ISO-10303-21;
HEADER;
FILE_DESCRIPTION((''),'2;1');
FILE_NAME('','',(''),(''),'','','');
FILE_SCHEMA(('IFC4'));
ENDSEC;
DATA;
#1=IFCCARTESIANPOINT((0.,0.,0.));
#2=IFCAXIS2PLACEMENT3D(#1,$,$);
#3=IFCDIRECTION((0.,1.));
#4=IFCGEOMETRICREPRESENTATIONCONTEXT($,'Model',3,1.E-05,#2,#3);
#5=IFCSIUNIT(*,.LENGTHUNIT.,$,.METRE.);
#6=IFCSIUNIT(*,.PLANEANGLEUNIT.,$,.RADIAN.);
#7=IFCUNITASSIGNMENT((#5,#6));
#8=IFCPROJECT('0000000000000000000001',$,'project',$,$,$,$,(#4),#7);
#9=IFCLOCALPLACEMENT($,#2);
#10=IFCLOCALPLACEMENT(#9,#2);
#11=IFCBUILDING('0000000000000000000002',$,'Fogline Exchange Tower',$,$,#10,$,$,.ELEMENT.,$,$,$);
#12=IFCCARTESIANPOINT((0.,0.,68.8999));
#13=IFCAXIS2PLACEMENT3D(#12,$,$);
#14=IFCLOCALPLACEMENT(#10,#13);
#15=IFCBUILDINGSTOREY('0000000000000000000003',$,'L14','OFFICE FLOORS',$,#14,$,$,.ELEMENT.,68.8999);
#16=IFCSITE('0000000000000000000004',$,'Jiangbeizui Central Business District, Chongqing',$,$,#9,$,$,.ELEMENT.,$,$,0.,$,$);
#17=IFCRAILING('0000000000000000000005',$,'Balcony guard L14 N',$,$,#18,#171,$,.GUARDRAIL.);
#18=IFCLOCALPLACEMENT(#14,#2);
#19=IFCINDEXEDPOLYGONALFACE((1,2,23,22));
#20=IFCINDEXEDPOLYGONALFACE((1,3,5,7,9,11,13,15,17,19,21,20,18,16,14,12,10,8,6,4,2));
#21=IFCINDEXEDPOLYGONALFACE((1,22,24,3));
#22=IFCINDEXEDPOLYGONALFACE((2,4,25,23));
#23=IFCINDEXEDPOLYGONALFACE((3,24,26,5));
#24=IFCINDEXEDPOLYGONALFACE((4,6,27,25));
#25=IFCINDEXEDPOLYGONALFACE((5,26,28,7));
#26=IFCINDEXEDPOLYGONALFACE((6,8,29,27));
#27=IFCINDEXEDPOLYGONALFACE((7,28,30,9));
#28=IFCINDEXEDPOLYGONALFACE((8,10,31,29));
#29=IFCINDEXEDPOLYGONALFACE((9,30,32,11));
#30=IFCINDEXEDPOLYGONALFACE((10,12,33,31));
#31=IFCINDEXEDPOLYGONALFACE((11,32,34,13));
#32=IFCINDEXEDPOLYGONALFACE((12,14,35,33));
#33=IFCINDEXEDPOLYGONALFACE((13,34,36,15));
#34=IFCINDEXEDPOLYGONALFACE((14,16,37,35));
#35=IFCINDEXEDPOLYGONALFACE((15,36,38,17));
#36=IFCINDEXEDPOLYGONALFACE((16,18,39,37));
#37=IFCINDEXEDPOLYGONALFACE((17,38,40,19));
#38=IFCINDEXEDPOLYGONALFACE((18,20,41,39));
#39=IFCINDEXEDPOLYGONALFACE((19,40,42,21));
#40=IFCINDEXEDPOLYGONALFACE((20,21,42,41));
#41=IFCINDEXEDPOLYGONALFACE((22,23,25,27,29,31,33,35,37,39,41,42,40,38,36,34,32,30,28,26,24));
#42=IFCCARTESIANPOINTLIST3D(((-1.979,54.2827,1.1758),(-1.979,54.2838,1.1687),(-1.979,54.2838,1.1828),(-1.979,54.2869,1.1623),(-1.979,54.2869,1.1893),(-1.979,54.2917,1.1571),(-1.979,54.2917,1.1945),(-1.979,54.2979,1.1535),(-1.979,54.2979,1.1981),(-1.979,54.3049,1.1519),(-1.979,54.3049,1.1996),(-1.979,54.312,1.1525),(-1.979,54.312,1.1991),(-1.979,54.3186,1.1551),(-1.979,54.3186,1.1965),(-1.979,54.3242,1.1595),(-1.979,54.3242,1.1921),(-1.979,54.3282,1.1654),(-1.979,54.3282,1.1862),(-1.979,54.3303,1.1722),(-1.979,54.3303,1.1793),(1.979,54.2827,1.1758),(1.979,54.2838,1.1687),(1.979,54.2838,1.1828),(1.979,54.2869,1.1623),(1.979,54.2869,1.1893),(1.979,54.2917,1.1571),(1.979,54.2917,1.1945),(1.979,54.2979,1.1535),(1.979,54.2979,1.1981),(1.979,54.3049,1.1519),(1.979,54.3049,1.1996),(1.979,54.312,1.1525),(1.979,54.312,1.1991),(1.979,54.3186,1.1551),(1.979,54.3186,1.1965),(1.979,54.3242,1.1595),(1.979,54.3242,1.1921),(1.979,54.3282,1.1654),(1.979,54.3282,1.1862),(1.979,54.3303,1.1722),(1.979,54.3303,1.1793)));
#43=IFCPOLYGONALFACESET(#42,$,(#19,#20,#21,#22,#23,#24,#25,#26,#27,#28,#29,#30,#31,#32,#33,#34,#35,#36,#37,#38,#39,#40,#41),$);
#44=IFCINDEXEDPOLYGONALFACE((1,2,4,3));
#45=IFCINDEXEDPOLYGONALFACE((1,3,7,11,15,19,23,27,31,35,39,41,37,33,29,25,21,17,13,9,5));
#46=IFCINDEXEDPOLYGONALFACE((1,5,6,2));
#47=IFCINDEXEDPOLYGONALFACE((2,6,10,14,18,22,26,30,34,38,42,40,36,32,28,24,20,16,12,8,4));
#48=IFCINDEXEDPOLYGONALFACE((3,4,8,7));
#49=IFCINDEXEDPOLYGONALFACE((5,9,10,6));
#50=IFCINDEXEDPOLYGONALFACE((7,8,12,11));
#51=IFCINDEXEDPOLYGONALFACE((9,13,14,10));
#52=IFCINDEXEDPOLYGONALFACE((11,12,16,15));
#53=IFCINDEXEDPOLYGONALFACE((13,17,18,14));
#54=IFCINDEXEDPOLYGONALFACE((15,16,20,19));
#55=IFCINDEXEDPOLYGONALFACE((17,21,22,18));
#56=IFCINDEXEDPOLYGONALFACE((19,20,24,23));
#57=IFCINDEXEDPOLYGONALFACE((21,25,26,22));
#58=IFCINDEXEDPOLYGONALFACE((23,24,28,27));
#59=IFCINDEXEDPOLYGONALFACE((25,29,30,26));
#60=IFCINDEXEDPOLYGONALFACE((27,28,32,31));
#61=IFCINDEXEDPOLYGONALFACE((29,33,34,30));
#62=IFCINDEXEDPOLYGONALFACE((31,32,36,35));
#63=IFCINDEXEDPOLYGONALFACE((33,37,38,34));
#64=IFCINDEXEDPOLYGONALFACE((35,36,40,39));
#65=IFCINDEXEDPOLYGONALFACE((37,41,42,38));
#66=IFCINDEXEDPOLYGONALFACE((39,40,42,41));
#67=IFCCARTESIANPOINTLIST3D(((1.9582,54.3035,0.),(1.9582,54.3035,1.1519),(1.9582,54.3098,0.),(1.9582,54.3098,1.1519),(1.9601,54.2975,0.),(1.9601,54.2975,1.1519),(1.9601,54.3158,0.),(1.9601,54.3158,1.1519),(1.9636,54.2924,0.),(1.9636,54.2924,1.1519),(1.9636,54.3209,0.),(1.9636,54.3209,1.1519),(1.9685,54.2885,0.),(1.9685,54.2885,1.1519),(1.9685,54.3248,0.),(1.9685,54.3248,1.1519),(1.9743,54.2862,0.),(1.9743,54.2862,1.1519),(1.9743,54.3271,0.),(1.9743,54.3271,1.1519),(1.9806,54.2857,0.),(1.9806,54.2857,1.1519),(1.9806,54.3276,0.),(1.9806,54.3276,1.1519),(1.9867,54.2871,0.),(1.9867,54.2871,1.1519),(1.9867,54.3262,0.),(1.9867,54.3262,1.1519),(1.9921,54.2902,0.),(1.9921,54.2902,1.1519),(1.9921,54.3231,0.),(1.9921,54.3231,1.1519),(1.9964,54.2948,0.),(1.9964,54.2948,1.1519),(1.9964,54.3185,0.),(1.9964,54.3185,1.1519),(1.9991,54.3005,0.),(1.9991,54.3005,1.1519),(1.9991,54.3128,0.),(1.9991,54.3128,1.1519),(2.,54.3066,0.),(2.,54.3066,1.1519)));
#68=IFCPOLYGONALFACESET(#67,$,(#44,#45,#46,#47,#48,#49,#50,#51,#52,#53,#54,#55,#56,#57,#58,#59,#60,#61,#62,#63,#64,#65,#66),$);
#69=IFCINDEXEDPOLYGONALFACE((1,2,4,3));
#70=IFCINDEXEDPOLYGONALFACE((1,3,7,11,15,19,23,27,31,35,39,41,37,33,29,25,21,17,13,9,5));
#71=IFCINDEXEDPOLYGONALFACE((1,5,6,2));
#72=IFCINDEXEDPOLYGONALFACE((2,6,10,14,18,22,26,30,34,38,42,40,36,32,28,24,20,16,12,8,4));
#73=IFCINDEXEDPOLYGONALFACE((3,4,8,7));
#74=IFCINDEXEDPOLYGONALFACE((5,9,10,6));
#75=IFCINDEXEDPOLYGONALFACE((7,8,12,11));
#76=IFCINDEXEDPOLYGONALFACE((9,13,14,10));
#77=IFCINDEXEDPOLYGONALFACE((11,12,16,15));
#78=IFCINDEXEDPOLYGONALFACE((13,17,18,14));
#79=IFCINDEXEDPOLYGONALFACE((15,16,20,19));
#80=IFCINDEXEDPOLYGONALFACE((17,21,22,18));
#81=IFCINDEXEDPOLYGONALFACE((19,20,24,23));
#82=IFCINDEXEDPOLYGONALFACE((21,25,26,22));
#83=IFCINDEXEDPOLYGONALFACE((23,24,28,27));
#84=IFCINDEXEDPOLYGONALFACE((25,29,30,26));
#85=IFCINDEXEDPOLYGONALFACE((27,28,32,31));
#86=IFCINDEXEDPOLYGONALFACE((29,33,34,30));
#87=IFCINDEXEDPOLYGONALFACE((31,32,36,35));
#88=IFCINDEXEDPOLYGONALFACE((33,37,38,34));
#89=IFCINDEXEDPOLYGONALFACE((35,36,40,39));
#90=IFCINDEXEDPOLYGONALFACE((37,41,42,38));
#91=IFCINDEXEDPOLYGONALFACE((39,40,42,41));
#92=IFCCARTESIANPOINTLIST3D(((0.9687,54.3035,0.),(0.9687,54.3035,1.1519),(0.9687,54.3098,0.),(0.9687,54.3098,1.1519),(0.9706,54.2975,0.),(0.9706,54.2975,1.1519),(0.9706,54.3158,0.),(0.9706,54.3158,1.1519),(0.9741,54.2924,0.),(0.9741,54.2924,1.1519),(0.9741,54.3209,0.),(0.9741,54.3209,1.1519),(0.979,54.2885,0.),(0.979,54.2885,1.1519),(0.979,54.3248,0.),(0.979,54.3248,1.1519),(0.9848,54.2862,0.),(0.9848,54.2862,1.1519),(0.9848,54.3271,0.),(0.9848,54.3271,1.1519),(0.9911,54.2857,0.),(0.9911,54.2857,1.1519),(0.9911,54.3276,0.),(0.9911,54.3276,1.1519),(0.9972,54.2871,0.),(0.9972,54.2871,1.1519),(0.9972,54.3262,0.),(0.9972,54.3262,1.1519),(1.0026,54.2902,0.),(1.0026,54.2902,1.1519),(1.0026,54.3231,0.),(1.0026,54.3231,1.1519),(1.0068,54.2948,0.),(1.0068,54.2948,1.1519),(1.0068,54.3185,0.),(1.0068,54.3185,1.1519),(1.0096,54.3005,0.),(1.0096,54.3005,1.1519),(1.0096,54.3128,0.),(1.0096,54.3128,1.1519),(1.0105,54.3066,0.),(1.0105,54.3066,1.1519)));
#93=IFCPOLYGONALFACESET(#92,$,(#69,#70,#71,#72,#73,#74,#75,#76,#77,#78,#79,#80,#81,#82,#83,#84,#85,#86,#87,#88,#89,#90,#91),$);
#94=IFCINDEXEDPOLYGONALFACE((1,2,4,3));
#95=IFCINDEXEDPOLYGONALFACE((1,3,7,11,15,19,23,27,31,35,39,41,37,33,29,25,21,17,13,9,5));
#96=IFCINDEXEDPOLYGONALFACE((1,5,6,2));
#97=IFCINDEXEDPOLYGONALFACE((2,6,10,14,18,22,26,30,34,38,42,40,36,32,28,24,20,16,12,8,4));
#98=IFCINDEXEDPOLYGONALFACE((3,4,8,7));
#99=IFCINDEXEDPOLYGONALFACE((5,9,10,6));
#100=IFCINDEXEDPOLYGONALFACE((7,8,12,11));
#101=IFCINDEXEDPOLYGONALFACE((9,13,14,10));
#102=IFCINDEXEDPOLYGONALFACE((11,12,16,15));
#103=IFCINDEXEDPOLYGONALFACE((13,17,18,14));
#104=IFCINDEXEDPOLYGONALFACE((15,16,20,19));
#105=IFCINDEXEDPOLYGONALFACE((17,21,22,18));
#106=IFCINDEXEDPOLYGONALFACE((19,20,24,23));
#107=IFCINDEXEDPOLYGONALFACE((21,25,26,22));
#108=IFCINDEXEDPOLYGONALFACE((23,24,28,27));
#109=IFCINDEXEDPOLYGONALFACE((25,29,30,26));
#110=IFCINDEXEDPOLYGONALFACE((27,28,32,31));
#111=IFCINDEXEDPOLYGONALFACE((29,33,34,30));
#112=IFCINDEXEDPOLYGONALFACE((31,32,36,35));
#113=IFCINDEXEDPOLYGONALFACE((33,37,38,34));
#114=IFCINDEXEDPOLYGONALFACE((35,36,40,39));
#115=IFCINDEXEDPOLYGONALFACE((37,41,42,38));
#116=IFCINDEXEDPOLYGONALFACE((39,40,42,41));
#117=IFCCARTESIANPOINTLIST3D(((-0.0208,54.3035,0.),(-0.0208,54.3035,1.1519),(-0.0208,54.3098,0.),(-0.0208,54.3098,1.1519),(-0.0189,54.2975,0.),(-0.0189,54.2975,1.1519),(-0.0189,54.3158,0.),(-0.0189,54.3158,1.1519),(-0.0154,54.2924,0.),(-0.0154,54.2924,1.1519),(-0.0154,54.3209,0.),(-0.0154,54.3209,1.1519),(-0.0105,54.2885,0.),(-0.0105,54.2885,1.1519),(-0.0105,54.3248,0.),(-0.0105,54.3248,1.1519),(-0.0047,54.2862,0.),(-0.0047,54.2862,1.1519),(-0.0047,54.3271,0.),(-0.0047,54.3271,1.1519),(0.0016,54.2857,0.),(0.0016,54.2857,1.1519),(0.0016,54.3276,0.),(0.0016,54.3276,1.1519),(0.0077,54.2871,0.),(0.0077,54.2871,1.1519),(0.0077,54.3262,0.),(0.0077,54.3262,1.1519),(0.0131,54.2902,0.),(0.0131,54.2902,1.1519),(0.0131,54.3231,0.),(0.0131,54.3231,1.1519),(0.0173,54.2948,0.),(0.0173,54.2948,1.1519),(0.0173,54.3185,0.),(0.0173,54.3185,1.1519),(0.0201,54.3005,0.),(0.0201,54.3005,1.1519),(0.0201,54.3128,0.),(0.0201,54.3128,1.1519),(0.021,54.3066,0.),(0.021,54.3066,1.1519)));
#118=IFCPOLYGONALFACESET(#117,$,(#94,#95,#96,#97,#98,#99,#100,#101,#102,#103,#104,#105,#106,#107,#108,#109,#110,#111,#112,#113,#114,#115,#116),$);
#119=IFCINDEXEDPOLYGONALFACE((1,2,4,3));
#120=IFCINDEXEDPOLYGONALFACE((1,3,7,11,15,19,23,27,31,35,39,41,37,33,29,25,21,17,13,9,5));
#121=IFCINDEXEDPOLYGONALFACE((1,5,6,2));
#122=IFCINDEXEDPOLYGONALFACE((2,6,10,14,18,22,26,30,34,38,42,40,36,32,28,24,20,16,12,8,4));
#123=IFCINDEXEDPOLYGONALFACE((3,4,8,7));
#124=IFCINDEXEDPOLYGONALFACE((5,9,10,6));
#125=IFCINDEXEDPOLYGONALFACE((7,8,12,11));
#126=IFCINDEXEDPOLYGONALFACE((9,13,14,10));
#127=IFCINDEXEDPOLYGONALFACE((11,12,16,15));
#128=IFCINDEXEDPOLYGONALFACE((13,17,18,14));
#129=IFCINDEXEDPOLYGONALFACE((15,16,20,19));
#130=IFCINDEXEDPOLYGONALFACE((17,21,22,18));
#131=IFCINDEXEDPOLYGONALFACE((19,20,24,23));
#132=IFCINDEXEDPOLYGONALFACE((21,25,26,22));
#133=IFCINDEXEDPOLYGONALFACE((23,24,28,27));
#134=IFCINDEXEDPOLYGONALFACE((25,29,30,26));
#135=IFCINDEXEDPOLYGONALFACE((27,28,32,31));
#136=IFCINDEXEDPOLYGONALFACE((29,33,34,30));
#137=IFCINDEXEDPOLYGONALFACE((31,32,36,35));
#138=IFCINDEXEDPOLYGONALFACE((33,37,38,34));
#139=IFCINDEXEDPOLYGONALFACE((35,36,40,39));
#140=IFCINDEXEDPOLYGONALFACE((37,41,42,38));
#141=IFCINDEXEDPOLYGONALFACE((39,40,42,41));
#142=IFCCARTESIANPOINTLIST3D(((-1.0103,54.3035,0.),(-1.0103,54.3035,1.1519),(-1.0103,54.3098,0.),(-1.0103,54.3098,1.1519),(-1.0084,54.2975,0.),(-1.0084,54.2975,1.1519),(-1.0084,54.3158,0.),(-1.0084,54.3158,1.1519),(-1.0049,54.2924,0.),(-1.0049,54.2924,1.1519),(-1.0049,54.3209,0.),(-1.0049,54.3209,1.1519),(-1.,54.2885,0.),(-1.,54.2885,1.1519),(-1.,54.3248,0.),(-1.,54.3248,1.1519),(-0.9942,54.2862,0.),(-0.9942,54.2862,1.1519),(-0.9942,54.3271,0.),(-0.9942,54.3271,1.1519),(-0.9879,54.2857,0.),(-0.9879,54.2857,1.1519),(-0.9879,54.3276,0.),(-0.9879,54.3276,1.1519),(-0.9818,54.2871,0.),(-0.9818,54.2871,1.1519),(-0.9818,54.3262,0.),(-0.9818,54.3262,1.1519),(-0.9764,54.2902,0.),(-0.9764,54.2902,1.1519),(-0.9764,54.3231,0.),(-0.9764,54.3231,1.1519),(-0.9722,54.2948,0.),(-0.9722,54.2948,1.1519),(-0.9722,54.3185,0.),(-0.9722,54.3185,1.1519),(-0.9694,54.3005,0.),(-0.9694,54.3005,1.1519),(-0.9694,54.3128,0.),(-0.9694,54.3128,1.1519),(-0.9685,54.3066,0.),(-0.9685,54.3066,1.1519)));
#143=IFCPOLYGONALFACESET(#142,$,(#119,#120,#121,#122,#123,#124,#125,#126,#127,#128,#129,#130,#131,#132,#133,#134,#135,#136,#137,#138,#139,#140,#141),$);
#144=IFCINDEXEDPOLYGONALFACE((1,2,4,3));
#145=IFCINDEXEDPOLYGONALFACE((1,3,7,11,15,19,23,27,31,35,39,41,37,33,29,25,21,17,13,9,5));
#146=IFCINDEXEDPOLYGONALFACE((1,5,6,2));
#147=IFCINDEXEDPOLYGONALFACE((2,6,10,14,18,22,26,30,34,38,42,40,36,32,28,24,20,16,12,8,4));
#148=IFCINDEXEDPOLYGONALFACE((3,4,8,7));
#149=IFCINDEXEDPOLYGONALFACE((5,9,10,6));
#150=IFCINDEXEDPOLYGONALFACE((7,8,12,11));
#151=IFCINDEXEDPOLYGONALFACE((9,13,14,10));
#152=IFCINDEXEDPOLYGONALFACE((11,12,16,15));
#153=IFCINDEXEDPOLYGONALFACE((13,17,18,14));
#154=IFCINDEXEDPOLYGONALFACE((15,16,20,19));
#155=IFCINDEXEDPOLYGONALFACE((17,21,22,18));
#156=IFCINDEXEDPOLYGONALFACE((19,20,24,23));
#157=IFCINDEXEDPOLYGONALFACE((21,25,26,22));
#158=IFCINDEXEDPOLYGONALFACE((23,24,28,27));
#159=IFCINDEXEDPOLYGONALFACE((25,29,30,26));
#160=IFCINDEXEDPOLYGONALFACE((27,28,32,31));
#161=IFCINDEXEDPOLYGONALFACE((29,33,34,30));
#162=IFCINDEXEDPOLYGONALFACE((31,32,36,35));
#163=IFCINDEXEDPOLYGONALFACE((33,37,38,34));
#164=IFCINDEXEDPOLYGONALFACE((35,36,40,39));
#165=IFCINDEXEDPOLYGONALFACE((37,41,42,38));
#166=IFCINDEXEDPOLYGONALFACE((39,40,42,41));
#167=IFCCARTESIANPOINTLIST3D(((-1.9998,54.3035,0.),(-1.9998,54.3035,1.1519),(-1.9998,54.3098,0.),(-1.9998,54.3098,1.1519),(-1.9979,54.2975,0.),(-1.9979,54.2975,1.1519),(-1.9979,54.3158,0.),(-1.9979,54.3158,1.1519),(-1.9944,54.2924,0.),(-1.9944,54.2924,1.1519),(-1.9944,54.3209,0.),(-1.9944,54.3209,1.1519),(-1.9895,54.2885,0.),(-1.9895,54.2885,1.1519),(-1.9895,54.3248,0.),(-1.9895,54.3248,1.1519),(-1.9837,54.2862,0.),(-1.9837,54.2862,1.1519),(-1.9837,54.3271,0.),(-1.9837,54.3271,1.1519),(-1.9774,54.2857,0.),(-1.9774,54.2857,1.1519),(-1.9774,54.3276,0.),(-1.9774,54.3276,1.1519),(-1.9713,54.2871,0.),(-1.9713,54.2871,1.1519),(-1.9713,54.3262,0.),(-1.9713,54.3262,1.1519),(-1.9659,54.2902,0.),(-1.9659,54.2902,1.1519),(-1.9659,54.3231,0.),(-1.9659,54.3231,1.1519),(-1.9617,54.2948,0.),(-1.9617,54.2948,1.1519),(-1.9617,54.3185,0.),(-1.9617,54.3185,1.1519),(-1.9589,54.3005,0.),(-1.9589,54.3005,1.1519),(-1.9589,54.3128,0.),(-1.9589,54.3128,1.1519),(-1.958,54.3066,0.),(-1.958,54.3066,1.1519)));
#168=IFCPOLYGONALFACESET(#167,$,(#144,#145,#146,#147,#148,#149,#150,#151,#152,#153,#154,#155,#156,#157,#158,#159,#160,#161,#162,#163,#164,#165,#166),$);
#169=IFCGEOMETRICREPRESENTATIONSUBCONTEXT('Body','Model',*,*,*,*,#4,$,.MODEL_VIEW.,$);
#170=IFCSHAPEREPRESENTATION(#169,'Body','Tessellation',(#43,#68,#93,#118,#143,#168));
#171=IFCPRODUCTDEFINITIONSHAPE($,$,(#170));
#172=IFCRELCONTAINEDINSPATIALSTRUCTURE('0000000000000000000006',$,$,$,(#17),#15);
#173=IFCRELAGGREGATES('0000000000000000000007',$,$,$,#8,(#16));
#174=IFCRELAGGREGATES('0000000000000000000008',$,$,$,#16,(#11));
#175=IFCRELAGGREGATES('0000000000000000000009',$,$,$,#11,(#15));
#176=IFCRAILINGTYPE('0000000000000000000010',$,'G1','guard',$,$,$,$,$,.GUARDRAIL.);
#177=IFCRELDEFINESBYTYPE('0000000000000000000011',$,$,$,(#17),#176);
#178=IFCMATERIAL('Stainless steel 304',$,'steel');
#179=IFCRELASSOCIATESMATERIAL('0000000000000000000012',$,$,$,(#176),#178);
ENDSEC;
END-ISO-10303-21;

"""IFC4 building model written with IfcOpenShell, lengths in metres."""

from ifc_helpers import new_model, si_unit, direction, frame, origin, origin_2d, place, context, subcontext, project, spatial, circle, extrude, material, type_object, element, save


model = new_model("IFC4")

# Units and contexts
model_context = context("Model", 3, precision=1e-05, world=origin(), true_north=direction((0.0, 1.0)))
body_context = subcontext(model_context, "Body", "Model", "MODEL_VIEW")
ifc_project = project(units=[si_unit("LENGTHUNIT", "METRE"), si_unit("PLANEANGLEUNIT", "RADIAN")], contexts=[model_context])

# Site, building, storey
site_placement = place(None, origin())
site = spatial("IfcSite", under=ifc_project, at=site_placement, Name="Jiangbeizui Central Business District, Chongqing", CompositionType="ELEMENT", RefElevation=0.0)
building_placement = place(site_placement, origin())
building = spatial("IfcBuilding", under=site, at=building_placement, Name="Fogline Exchange Tower", CompositionType="ELEMENT")
storey_placement = place(building_placement, frame((0.0, 0.0, 68.8999)))
storey = spatial("IfcBuildingStorey", under=building, at=storey_placement, Name="L14", Description="OFFICE FLOORS", CompositionType="ELEMENT", Elevation=68.8999)

# Railing
ifc_material_1 = material(Name="Stainless steel 304", Category="steel")
railing_type = type_object("IfcRailingType", Name="G1", Description="guard", PredefinedType="GUARDRAIL", material=ifc_material_1)
railing_placement = place(storey_placement, frame((1.979, 54.3066, 0.0)))
element("IfcRailing", 1, at=railing_placement, inside=storey, type_object=railing_type, Name="Balcony guard L14 N", PredefinedType="GUARDRAIL", context=body_context, shape_type="SweptSolid", body=[
    extrude(circle(Radius=0.0239, at=origin_2d()), frame((0.0, 0.0, 1.1758), z_axis=(-1.0, 0.0, 0.0), x_axis=(0.0, -1.0, 0.0)), (0.0, 0.0, 1.0), 3.958),
    extrude(circle(Radius=0.021, at=origin_2d()), origin(), (0.0, 0.0, 1.0), 1.1519),
    extrude(circle(Radius=0.021, at=origin_2d()), frame((-0.9895, 0.0, 0.0)), (0.0, 0.0, 1.0), 1.1519),
    extrude(circle(Radius=0.021, at=origin_2d()), frame((-1.979, 0.0, 0.0)), (0.0, 0.0, 1.0), 1.1519),
    extrude(circle(Radius=0.021, at=origin_2d()), frame((-2.9685, 0.0, 0.0)), (0.0, 0.0, 1.0), 1.1519),
    extrude(circle(Radius=0.021, at=origin_2d()), frame((-3.958, 0.0, 0.0)), (0.0, 0.0, 1.0), 1.1519),
])

save(model, "model.ifc")
